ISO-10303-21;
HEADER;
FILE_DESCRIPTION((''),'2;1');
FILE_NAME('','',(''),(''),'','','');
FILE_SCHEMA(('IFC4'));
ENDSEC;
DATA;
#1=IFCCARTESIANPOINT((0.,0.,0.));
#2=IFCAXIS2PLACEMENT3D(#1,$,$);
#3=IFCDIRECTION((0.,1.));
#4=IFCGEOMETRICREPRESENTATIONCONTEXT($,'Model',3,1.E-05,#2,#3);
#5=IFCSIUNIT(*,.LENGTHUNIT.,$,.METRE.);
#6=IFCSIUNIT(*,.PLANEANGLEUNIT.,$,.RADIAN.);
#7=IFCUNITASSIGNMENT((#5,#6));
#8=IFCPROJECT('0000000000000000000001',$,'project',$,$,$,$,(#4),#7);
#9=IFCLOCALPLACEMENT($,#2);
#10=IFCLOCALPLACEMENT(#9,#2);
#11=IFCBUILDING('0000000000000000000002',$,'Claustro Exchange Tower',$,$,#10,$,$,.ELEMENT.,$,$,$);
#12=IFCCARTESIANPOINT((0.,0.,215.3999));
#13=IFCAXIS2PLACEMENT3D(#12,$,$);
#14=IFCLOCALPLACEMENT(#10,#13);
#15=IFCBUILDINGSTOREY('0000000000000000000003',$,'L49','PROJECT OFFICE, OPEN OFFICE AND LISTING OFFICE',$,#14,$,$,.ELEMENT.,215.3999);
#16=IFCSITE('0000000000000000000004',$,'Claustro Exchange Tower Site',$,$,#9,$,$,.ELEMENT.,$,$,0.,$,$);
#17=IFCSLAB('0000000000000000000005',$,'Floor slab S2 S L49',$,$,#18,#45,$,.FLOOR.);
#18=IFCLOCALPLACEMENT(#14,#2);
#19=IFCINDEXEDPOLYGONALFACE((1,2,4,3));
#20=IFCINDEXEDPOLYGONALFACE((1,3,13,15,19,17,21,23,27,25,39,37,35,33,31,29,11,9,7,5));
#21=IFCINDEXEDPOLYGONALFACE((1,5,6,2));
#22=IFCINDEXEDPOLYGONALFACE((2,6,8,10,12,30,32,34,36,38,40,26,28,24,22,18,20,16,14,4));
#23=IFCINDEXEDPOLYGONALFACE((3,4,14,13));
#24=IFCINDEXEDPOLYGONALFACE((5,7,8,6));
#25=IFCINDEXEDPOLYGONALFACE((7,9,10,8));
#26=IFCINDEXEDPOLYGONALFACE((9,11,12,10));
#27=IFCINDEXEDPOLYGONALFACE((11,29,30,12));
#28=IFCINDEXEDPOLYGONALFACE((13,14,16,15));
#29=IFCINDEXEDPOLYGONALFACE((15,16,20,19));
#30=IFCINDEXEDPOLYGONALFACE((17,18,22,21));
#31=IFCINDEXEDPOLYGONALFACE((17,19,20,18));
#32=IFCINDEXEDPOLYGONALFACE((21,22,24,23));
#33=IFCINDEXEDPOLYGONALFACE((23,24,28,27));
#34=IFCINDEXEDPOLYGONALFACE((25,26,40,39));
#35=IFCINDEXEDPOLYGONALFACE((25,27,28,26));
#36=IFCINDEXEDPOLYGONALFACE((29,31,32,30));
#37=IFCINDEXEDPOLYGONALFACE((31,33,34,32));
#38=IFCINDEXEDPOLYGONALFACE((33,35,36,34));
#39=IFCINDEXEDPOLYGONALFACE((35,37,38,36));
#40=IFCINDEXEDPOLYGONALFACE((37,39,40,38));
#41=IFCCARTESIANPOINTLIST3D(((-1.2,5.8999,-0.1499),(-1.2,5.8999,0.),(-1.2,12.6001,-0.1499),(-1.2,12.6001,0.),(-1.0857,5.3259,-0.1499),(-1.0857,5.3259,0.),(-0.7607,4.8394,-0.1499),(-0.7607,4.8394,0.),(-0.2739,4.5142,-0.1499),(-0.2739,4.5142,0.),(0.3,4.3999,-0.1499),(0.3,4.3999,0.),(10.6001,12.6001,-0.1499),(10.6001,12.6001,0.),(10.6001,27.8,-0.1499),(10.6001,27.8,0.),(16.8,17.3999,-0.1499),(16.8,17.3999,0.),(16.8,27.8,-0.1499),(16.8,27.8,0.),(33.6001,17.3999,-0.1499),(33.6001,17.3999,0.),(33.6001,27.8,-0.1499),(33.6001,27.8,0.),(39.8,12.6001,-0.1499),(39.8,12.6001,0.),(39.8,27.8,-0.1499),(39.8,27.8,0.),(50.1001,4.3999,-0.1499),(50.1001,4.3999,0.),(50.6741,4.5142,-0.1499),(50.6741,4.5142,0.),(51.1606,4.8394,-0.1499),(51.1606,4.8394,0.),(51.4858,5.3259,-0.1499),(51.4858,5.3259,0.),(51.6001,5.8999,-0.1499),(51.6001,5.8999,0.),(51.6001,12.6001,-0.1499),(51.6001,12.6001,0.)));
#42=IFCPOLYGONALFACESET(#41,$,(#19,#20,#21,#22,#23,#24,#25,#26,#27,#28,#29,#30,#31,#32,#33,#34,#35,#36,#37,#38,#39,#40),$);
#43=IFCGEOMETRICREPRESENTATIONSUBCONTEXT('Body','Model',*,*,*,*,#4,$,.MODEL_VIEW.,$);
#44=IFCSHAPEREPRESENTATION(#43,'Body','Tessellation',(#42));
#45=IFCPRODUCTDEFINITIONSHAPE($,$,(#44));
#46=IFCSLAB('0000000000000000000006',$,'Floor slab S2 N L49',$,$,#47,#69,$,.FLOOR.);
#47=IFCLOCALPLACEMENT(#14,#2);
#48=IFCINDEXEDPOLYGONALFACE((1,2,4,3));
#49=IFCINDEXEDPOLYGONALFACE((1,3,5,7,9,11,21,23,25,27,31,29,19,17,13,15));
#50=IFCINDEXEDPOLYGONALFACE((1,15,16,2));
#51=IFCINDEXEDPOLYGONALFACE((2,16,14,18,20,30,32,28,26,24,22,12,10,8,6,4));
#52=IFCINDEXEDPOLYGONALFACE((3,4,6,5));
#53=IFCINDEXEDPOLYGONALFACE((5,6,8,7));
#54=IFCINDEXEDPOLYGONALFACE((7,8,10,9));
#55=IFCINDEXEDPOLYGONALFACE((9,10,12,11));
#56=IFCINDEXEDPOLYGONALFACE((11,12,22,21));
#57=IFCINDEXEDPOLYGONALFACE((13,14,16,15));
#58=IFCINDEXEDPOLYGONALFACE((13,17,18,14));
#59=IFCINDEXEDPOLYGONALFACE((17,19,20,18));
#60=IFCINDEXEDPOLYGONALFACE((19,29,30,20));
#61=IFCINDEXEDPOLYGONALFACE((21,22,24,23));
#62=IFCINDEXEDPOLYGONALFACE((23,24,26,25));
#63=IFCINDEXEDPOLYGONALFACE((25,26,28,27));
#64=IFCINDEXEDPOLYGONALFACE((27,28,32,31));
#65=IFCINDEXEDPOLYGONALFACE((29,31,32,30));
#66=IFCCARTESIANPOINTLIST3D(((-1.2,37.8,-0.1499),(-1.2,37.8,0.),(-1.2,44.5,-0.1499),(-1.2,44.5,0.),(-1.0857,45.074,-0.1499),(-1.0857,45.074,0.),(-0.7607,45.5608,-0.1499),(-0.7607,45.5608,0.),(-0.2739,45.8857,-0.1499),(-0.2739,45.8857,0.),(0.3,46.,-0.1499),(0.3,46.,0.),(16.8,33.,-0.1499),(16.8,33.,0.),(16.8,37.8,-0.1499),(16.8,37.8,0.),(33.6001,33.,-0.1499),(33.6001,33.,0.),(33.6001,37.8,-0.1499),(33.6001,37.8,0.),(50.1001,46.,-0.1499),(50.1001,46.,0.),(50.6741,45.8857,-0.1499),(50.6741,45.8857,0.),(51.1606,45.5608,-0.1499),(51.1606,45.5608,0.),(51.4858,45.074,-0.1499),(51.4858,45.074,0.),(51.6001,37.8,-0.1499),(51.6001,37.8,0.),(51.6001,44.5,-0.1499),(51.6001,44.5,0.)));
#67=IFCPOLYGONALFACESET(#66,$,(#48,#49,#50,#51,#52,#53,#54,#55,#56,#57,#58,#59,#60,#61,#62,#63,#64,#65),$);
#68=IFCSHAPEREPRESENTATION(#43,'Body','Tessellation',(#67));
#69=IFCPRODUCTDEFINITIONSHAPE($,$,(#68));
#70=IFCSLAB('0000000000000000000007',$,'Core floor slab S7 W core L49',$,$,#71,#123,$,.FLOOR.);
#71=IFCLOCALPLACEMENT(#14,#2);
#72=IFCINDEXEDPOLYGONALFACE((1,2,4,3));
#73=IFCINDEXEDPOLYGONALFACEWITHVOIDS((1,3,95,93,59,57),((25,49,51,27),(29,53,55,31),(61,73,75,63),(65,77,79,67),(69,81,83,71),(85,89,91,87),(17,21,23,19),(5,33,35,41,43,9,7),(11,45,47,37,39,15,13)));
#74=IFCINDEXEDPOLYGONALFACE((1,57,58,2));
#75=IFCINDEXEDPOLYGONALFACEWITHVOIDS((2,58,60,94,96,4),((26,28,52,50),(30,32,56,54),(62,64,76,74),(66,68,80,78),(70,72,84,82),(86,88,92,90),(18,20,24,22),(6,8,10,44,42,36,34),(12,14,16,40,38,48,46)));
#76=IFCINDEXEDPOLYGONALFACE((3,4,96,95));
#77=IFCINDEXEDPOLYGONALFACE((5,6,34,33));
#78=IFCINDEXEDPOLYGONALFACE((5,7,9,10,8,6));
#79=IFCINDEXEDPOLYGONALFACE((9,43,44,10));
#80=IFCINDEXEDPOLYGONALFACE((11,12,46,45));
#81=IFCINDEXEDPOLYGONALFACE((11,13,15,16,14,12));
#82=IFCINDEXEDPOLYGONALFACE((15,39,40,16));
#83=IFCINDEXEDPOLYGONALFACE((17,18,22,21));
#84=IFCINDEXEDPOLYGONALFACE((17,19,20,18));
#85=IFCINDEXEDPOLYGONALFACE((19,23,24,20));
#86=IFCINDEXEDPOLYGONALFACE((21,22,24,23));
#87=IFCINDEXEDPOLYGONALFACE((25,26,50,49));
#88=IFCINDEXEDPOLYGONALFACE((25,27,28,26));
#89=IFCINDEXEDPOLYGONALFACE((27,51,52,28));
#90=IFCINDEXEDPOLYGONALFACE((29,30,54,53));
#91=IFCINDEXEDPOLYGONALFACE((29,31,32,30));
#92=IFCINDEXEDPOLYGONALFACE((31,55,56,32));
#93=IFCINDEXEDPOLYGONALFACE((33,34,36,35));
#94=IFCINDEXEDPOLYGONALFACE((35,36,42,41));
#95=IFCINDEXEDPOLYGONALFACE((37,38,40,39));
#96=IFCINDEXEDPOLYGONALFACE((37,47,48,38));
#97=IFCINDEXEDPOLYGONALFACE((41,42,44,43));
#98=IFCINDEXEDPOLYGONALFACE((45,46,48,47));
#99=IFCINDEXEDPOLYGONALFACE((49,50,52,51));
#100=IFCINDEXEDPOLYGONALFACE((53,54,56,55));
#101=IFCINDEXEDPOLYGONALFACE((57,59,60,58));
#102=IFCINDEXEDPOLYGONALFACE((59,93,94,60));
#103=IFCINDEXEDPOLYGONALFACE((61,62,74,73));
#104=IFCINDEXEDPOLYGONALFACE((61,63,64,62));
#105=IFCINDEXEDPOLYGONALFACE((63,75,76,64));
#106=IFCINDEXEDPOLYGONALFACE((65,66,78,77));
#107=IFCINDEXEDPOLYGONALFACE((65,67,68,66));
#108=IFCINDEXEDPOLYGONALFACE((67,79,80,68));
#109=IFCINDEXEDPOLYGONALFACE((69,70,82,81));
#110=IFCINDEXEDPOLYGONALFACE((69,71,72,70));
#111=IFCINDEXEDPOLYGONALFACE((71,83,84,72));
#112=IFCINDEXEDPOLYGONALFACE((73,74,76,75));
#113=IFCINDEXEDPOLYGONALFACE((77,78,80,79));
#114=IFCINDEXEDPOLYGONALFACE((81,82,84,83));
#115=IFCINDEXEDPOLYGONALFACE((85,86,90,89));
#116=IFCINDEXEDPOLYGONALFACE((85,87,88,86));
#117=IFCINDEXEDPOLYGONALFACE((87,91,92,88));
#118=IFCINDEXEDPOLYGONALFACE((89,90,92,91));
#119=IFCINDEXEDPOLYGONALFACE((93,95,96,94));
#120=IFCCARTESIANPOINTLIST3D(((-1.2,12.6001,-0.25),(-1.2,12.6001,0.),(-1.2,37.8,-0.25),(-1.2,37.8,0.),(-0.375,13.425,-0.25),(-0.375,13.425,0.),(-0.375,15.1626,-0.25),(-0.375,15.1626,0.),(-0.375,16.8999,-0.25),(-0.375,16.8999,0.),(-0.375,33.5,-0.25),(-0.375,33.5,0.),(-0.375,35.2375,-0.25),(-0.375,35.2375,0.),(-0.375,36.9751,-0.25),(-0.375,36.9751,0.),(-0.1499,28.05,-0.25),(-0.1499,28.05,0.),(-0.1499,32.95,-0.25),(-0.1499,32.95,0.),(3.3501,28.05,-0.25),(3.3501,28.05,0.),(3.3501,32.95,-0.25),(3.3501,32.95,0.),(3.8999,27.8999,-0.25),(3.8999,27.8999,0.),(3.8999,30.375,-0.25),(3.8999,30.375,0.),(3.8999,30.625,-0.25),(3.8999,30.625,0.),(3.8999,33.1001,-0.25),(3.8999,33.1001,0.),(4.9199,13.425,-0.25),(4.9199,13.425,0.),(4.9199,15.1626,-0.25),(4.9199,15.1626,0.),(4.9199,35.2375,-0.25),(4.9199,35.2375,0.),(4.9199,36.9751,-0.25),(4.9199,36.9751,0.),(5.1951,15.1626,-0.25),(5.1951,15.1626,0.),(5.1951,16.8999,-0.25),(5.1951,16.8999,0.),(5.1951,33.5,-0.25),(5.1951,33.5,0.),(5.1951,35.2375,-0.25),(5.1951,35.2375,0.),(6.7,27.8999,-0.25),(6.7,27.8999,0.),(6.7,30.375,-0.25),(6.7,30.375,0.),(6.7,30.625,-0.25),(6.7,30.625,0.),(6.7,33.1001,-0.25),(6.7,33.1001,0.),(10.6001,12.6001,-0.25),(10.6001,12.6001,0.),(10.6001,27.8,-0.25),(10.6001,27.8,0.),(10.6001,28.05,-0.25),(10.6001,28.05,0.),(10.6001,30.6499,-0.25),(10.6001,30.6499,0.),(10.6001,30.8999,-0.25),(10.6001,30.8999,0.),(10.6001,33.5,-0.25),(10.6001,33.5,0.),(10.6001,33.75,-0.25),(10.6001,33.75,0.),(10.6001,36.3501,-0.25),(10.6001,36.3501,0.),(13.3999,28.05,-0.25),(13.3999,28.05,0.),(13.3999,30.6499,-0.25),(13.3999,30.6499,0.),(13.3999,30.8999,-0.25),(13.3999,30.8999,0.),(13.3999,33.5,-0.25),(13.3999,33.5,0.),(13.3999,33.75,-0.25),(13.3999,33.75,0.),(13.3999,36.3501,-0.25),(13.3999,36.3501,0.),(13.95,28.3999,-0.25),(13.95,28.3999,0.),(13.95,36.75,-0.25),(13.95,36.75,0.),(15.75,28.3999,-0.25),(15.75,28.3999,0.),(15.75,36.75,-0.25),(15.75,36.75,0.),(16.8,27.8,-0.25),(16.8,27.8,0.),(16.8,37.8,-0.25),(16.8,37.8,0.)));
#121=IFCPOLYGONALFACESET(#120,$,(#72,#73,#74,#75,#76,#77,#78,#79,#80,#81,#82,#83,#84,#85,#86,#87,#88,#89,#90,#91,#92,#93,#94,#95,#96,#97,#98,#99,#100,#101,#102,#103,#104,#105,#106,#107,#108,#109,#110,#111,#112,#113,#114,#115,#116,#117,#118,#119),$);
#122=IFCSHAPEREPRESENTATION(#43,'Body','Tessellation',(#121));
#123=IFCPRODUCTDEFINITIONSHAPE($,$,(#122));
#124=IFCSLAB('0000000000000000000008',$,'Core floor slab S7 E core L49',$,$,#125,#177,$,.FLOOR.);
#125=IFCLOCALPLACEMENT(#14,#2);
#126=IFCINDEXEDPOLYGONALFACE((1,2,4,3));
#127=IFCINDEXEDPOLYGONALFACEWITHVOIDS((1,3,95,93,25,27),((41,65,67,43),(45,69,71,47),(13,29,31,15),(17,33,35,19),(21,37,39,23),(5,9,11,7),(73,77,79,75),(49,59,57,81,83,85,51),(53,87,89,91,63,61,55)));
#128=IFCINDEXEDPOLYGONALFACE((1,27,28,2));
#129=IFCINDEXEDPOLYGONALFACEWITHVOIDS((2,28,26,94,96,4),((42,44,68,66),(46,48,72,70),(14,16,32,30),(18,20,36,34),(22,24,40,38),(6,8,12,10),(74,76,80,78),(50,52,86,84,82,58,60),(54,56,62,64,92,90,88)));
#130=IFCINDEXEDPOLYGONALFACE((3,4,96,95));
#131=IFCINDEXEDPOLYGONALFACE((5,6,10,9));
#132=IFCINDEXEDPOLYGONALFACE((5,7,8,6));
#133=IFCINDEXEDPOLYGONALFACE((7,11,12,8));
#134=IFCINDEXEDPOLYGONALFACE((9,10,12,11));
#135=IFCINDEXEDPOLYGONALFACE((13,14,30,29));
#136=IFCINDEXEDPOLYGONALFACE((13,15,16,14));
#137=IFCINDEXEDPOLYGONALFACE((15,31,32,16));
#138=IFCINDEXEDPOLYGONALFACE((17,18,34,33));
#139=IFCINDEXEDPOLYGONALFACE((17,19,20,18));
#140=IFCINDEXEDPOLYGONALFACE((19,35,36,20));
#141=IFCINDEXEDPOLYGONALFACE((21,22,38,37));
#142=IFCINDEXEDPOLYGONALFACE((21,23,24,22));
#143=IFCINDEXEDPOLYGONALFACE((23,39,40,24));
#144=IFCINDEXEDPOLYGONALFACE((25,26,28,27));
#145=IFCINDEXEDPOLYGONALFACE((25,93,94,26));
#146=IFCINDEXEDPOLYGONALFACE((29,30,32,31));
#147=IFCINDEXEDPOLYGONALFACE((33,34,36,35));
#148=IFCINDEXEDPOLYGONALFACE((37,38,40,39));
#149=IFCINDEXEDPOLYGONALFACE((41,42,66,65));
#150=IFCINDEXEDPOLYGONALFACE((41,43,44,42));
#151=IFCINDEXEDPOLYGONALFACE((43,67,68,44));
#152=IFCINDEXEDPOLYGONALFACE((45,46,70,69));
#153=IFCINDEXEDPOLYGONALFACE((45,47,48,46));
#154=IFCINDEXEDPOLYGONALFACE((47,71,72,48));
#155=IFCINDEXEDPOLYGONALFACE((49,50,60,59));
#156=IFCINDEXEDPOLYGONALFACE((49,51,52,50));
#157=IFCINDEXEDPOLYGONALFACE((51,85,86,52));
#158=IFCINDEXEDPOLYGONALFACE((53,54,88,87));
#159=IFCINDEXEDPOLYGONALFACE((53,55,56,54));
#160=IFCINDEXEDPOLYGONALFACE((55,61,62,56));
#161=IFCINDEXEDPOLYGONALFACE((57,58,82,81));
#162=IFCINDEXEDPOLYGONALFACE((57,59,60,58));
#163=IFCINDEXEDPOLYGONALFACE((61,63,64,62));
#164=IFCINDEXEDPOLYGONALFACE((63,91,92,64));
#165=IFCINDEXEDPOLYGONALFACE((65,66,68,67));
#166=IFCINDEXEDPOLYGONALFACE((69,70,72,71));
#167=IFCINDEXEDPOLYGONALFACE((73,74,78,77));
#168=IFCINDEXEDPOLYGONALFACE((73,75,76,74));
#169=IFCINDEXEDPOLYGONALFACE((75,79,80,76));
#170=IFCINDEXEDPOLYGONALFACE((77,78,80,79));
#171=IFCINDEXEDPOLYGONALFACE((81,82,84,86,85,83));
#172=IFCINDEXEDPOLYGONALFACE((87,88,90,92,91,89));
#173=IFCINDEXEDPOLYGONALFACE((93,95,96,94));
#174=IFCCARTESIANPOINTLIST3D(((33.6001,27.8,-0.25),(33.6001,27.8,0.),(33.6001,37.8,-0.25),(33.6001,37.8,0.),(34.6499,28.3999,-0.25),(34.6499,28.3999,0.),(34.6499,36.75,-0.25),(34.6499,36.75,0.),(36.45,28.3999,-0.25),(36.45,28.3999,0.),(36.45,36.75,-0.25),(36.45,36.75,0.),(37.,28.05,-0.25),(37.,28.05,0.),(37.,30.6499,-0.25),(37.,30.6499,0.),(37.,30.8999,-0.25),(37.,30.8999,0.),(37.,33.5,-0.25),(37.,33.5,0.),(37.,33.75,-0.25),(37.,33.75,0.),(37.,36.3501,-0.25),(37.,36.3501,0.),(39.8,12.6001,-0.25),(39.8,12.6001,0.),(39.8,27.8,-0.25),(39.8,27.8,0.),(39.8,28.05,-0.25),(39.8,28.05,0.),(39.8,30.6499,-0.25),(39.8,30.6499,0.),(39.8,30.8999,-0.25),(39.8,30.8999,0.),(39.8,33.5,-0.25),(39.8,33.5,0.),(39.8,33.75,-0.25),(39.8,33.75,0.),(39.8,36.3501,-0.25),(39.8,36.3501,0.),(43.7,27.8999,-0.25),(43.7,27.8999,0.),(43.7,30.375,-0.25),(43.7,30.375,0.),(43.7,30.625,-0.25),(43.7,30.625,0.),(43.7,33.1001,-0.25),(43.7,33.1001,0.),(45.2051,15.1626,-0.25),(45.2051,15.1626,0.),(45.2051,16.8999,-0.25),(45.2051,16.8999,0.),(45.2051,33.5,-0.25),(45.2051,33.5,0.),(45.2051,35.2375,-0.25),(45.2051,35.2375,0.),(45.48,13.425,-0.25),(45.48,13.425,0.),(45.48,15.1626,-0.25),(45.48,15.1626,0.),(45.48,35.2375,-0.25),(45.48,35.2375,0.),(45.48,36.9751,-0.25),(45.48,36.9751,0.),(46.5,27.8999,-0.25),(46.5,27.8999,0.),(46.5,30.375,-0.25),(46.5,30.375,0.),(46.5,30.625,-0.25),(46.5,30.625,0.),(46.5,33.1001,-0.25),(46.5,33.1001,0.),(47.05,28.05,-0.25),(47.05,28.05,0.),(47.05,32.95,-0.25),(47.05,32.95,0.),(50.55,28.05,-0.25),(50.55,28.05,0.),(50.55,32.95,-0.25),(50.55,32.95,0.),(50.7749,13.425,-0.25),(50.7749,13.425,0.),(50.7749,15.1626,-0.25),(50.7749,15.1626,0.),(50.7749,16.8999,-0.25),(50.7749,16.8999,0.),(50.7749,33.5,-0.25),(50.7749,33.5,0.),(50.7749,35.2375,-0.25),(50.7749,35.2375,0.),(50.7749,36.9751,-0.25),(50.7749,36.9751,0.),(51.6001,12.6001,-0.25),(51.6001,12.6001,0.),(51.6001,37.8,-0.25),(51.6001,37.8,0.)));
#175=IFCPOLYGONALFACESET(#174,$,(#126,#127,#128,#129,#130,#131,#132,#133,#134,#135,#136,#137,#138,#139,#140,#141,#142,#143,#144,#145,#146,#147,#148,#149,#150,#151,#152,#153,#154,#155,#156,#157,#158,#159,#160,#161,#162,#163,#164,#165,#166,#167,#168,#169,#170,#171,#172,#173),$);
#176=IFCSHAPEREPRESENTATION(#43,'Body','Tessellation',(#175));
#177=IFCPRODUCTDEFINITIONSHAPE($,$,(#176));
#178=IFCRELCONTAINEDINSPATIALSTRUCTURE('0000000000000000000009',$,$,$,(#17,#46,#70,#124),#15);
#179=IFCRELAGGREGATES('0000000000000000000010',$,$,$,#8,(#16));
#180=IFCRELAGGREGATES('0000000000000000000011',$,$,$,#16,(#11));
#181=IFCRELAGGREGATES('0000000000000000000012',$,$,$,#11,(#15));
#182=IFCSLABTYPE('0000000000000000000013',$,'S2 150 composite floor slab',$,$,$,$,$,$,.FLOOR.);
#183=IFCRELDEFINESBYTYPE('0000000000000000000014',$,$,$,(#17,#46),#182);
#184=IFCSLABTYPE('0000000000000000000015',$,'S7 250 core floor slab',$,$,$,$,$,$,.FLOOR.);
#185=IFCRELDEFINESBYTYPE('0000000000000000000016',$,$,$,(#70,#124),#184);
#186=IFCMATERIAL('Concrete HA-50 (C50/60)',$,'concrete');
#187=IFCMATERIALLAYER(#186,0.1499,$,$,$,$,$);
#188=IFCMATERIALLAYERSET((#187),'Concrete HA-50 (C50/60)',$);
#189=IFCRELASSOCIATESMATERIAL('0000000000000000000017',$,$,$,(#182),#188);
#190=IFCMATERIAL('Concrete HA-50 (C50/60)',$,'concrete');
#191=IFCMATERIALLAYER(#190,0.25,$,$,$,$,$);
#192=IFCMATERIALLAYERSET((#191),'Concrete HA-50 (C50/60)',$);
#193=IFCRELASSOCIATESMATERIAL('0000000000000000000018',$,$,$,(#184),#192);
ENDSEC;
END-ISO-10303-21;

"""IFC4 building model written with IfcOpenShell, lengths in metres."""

from ifc_helpers import new_model, si_unit, direction, frame, origin, place, context, subcontext, project, spatial, polyline, outline, extrude, material, layer, layer_set, type_object, element, save


model = new_model("IFC4")

# Units and contexts
model_context = context("Model", 3, precision=1e-05, world=origin(), true_north=direction((0.0, 1.0)))
body_context = subcontext(model_context, "Body", "Model", "MODEL_VIEW")
ifc_project = project(units=[si_unit("LENGTHUNIT", "METRE"), si_unit("PLANEANGLEUNIT", "RADIAN")], contexts=[model_context])

# Site, building, storey
site_placement = place(None, origin())
site = spatial("IfcSite", under=ifc_project, at=site_placement, Name="Claustro Exchange Tower Site", CompositionType="ELEMENT", RefElevation=0.0)
building_placement = place(site_placement, origin())
building = spatial("IfcBuilding", under=site, at=building_placement, Name="Claustro Exchange Tower", CompositionType="ELEMENT")
storey_placement = place(building_placement, frame((0.0, 0.0, 215.3999)))
storey = spatial("IfcBuildingStorey", under=building, at=storey_placement, Name="L49", Description="PROJECT OFFICE, OPEN OFFICE AND LISTING OFFICE", CompositionType="ELEMENT", Elevation=215.3999)

# Slabs
ifc_material_1 = material(Name="Concrete HA-50 (C50/60)", Category="concrete")
ifc_layer_1 = layer(ifc_material_1, 0.1499)
ifc_layer_set_1 = layer_set([ifc_layer_1], Name="Concrete HA-50 (C50/60)")
slab_type_1 = type_object("IfcSlabType", Name="S2 150 composite floor slab", PredefinedType="FLOOR", material=ifc_layer_set_1)
slab_1_placement = place(storey_placement, frame((0.0, 0.0, -0.1499)))
element("IfcSlab", 1, at=slab_1_placement, inside=storey, type_object=slab_type_1, Name="Floor slab S2 S L49", PredefinedType="FLOOR", context=body_context, shape_type="SweptSolid", body=[
    extrude(outline(polyline([(-0.2739, 4.5142), (0.3, 4.3999), (50.1001, 4.3999), (50.6741, 4.5142), (51.1606, 4.8394), (51.4858, 5.3259), (51.6001, 5.8999), (51.6001, 12.6001), (39.8, 12.6001), (39.8, 27.8), (33.6001, 27.8), (33.6001, 17.3999), (16.8, 17.3999), (16.8, 27.8), (10.6001, 27.8), (10.6001, 12.6001), (-1.2, 12.6001), (-1.2, 5.8999), (-1.0857, 5.3259), (-0.7607, 4.8394), (-0.2739, 4.5142)])), origin(), (0.0, 0.0, 1.0), 0.1499),
])
slab_2_placement = place(storey_placement, frame((0.0, 0.0, -0.1499)))
element("IfcSlab", 2, at=slab_2_placement, inside=storey, type_object=slab_type_1, Name="Floor slab S2 N L49", PredefinedType="FLOOR", context=body_context, shape_type="SweptSolid", body=[
    extrude(outline(polyline([(16.8, 37.8), (16.8, 33.0), (33.6001, 33.0), (33.6001, 37.8), (51.6001, 37.8), (51.6001, 44.5), (51.4858, 45.074), (51.1606, 45.5608), (50.6741, 45.8857), (50.1001, 46.0), (0.3, 46.0), (-0.2739, 45.8857), (-0.7607, 45.5608), (-1.0857, 45.074), (-1.2, 44.5), (-1.2, 37.8), (16.8, 37.8)])), origin(), (0.0, 0.0, 1.0), 0.1499),
])
ifc_material_2 = material(Name="Concrete HA-50 (C50/60)", Category="concrete")
ifc_layer_2 = layer(ifc_material_2, 0.25)
ifc_layer_set_2 = layer_set([ifc_layer_2], Name="Concrete HA-50 (C50/60)")
slab_type_2 = type_object("IfcSlabType", Name="S7 250 core floor slab", PredefinedType="FLOOR", material=ifc_layer_set_2)
slab_3_placement = place(storey_placement, frame((0.0, 0.0, -0.25)))
element("IfcSlab", 3, at=slab_3_placement, inside=storey, type_object=slab_type_2, Name="Core floor slab S7 W core L49", PredefinedType="FLOOR", context=body_context, shape_type="SweptSolid", body=[
    extrude(outline(polyline([(-1.2, 37.8), (-1.2, 12.6001), (10.6001, 12.6001), (10.6001, 27.8), (16.8, 27.8), (16.8, 37.8), (-1.2, 37.8)]), holes=[polyline([(13.95, 36.75), (15.75, 36.75), (15.75, 28.3999), (13.95, 28.3999), (13.95, 36.75)]), polyline([(10.6001, 30.6499), (13.3999, 30.6499), (13.3999, 28.05), (10.6001, 28.05), (10.6001, 30.6499)]), polyline([(10.6001, 33.5), (13.3999, 33.5), (13.3999, 30.8999), (10.6001, 30.8999), (10.6001, 33.5)]), polyline([(13.3999, 36.3501), (13.3999, 33.75), (10.6001, 33.75), (10.6001, 36.3501), (13.3999, 36.3501)]), polyline([(3.8999, 30.375), (6.7, 30.375), (6.7, 27.8999), (3.8999, 27.8999), (3.8999, 30.375)]), polyline([(3.8999, 33.1001), (6.7, 33.1001), (6.7, 30.625), (3.8999, 30.625), (3.8999, 33.1001)]), polyline([(-0.375, 15.1626), (-0.375, 16.8999), (5.1951, 16.8999), (5.1951, 15.1626), (4.9199, 15.1626), (4.9199, 13.425), (-0.375, 13.425), (-0.375, 15.1626)]), polyline([(-0.375, 35.2375), (-0.375, 36.9751), (4.9199, 36.9751), (4.9199, 35.2375), (5.1951, 35.2375), (5.1951, 33.5), (-0.375, 33.5), (-0.375, 35.2375)]), polyline([(-0.1499, 32.95), (3.3501, 32.95), (3.3501, 28.05), (-0.1499, 28.05), (-0.1499, 32.95)])]), origin(), (0.0, 0.0, 1.0), 0.25),
])
slab_4_placement = place(storey_placement, frame((0.0, 0.0, -0.25)))
element("IfcSlab", 4, at=slab_4_placement, inside=storey, type_object=slab_type_2, Name="Core floor slab S7 E core L49", PredefinedType="FLOOR", context=body_context, shape_type="SweptSolid", body=[
    extrude(outline(polyline([(51.6001, 37.8), (33.6001, 37.8), (33.6001, 27.8), (39.8, 27.8), (39.8, 12.6001), (51.6001, 12.6001), (51.6001, 37.8)]), holes=[polyline([(45.48, 15.1626), (45.2051, 15.1626), (45.2051, 16.8999), (50.7749, 16.8999), (50.7749, 15.1626), (50.7749, 13.425), (45.48, 13.425), (45.48, 15.1626)]), polyline([(45.48, 35.2375), (45.48, 36.9751), (50.7749, 36.9751), (50.7749, 35.2375), (50.7749, 33.5), (45.2051, 33.5), (45.2051, 35.2375), (45.48, 35.2375)]), polyline([(47.05, 32.95), (50.55, 32.95), (50.55, 28.05), (47.05, 28.05), (47.05, 32.95)]), polyline([(43.7, 30.375), (46.5, 30.375), (46.5, 27.8999), (43.7, 27.8999), (43.7, 30.375)]), polyline([(43.7, 33.1001), (46.5, 33.1001), (46.5, 30.625), (43.7, 30.625), (43.7, 33.1001)]), polyline([(37.0, 30.6499), (39.8, 30.6499), (39.8, 28.05), (37.0, 28.05), (37.0, 30.6499)]), polyline([(37.0, 33.5), (39.8, 33.5), (39.8, 30.8999), (37.0, 30.8999), (37.0, 33.5)]), polyline([(39.8, 36.3501), (39.8, 33.75), (37.0, 33.75), (37.0, 36.3501), (39.8, 36.3501)]), polyline([(34.6499, 36.75), (36.45, 36.75), (36.45, 28.3999), (34.6499, 28.3999), (34.6499, 36.75)])]), origin(), (0.0, 0.0, 1.0), 0.25),
])

save(model, "model.ifc")
